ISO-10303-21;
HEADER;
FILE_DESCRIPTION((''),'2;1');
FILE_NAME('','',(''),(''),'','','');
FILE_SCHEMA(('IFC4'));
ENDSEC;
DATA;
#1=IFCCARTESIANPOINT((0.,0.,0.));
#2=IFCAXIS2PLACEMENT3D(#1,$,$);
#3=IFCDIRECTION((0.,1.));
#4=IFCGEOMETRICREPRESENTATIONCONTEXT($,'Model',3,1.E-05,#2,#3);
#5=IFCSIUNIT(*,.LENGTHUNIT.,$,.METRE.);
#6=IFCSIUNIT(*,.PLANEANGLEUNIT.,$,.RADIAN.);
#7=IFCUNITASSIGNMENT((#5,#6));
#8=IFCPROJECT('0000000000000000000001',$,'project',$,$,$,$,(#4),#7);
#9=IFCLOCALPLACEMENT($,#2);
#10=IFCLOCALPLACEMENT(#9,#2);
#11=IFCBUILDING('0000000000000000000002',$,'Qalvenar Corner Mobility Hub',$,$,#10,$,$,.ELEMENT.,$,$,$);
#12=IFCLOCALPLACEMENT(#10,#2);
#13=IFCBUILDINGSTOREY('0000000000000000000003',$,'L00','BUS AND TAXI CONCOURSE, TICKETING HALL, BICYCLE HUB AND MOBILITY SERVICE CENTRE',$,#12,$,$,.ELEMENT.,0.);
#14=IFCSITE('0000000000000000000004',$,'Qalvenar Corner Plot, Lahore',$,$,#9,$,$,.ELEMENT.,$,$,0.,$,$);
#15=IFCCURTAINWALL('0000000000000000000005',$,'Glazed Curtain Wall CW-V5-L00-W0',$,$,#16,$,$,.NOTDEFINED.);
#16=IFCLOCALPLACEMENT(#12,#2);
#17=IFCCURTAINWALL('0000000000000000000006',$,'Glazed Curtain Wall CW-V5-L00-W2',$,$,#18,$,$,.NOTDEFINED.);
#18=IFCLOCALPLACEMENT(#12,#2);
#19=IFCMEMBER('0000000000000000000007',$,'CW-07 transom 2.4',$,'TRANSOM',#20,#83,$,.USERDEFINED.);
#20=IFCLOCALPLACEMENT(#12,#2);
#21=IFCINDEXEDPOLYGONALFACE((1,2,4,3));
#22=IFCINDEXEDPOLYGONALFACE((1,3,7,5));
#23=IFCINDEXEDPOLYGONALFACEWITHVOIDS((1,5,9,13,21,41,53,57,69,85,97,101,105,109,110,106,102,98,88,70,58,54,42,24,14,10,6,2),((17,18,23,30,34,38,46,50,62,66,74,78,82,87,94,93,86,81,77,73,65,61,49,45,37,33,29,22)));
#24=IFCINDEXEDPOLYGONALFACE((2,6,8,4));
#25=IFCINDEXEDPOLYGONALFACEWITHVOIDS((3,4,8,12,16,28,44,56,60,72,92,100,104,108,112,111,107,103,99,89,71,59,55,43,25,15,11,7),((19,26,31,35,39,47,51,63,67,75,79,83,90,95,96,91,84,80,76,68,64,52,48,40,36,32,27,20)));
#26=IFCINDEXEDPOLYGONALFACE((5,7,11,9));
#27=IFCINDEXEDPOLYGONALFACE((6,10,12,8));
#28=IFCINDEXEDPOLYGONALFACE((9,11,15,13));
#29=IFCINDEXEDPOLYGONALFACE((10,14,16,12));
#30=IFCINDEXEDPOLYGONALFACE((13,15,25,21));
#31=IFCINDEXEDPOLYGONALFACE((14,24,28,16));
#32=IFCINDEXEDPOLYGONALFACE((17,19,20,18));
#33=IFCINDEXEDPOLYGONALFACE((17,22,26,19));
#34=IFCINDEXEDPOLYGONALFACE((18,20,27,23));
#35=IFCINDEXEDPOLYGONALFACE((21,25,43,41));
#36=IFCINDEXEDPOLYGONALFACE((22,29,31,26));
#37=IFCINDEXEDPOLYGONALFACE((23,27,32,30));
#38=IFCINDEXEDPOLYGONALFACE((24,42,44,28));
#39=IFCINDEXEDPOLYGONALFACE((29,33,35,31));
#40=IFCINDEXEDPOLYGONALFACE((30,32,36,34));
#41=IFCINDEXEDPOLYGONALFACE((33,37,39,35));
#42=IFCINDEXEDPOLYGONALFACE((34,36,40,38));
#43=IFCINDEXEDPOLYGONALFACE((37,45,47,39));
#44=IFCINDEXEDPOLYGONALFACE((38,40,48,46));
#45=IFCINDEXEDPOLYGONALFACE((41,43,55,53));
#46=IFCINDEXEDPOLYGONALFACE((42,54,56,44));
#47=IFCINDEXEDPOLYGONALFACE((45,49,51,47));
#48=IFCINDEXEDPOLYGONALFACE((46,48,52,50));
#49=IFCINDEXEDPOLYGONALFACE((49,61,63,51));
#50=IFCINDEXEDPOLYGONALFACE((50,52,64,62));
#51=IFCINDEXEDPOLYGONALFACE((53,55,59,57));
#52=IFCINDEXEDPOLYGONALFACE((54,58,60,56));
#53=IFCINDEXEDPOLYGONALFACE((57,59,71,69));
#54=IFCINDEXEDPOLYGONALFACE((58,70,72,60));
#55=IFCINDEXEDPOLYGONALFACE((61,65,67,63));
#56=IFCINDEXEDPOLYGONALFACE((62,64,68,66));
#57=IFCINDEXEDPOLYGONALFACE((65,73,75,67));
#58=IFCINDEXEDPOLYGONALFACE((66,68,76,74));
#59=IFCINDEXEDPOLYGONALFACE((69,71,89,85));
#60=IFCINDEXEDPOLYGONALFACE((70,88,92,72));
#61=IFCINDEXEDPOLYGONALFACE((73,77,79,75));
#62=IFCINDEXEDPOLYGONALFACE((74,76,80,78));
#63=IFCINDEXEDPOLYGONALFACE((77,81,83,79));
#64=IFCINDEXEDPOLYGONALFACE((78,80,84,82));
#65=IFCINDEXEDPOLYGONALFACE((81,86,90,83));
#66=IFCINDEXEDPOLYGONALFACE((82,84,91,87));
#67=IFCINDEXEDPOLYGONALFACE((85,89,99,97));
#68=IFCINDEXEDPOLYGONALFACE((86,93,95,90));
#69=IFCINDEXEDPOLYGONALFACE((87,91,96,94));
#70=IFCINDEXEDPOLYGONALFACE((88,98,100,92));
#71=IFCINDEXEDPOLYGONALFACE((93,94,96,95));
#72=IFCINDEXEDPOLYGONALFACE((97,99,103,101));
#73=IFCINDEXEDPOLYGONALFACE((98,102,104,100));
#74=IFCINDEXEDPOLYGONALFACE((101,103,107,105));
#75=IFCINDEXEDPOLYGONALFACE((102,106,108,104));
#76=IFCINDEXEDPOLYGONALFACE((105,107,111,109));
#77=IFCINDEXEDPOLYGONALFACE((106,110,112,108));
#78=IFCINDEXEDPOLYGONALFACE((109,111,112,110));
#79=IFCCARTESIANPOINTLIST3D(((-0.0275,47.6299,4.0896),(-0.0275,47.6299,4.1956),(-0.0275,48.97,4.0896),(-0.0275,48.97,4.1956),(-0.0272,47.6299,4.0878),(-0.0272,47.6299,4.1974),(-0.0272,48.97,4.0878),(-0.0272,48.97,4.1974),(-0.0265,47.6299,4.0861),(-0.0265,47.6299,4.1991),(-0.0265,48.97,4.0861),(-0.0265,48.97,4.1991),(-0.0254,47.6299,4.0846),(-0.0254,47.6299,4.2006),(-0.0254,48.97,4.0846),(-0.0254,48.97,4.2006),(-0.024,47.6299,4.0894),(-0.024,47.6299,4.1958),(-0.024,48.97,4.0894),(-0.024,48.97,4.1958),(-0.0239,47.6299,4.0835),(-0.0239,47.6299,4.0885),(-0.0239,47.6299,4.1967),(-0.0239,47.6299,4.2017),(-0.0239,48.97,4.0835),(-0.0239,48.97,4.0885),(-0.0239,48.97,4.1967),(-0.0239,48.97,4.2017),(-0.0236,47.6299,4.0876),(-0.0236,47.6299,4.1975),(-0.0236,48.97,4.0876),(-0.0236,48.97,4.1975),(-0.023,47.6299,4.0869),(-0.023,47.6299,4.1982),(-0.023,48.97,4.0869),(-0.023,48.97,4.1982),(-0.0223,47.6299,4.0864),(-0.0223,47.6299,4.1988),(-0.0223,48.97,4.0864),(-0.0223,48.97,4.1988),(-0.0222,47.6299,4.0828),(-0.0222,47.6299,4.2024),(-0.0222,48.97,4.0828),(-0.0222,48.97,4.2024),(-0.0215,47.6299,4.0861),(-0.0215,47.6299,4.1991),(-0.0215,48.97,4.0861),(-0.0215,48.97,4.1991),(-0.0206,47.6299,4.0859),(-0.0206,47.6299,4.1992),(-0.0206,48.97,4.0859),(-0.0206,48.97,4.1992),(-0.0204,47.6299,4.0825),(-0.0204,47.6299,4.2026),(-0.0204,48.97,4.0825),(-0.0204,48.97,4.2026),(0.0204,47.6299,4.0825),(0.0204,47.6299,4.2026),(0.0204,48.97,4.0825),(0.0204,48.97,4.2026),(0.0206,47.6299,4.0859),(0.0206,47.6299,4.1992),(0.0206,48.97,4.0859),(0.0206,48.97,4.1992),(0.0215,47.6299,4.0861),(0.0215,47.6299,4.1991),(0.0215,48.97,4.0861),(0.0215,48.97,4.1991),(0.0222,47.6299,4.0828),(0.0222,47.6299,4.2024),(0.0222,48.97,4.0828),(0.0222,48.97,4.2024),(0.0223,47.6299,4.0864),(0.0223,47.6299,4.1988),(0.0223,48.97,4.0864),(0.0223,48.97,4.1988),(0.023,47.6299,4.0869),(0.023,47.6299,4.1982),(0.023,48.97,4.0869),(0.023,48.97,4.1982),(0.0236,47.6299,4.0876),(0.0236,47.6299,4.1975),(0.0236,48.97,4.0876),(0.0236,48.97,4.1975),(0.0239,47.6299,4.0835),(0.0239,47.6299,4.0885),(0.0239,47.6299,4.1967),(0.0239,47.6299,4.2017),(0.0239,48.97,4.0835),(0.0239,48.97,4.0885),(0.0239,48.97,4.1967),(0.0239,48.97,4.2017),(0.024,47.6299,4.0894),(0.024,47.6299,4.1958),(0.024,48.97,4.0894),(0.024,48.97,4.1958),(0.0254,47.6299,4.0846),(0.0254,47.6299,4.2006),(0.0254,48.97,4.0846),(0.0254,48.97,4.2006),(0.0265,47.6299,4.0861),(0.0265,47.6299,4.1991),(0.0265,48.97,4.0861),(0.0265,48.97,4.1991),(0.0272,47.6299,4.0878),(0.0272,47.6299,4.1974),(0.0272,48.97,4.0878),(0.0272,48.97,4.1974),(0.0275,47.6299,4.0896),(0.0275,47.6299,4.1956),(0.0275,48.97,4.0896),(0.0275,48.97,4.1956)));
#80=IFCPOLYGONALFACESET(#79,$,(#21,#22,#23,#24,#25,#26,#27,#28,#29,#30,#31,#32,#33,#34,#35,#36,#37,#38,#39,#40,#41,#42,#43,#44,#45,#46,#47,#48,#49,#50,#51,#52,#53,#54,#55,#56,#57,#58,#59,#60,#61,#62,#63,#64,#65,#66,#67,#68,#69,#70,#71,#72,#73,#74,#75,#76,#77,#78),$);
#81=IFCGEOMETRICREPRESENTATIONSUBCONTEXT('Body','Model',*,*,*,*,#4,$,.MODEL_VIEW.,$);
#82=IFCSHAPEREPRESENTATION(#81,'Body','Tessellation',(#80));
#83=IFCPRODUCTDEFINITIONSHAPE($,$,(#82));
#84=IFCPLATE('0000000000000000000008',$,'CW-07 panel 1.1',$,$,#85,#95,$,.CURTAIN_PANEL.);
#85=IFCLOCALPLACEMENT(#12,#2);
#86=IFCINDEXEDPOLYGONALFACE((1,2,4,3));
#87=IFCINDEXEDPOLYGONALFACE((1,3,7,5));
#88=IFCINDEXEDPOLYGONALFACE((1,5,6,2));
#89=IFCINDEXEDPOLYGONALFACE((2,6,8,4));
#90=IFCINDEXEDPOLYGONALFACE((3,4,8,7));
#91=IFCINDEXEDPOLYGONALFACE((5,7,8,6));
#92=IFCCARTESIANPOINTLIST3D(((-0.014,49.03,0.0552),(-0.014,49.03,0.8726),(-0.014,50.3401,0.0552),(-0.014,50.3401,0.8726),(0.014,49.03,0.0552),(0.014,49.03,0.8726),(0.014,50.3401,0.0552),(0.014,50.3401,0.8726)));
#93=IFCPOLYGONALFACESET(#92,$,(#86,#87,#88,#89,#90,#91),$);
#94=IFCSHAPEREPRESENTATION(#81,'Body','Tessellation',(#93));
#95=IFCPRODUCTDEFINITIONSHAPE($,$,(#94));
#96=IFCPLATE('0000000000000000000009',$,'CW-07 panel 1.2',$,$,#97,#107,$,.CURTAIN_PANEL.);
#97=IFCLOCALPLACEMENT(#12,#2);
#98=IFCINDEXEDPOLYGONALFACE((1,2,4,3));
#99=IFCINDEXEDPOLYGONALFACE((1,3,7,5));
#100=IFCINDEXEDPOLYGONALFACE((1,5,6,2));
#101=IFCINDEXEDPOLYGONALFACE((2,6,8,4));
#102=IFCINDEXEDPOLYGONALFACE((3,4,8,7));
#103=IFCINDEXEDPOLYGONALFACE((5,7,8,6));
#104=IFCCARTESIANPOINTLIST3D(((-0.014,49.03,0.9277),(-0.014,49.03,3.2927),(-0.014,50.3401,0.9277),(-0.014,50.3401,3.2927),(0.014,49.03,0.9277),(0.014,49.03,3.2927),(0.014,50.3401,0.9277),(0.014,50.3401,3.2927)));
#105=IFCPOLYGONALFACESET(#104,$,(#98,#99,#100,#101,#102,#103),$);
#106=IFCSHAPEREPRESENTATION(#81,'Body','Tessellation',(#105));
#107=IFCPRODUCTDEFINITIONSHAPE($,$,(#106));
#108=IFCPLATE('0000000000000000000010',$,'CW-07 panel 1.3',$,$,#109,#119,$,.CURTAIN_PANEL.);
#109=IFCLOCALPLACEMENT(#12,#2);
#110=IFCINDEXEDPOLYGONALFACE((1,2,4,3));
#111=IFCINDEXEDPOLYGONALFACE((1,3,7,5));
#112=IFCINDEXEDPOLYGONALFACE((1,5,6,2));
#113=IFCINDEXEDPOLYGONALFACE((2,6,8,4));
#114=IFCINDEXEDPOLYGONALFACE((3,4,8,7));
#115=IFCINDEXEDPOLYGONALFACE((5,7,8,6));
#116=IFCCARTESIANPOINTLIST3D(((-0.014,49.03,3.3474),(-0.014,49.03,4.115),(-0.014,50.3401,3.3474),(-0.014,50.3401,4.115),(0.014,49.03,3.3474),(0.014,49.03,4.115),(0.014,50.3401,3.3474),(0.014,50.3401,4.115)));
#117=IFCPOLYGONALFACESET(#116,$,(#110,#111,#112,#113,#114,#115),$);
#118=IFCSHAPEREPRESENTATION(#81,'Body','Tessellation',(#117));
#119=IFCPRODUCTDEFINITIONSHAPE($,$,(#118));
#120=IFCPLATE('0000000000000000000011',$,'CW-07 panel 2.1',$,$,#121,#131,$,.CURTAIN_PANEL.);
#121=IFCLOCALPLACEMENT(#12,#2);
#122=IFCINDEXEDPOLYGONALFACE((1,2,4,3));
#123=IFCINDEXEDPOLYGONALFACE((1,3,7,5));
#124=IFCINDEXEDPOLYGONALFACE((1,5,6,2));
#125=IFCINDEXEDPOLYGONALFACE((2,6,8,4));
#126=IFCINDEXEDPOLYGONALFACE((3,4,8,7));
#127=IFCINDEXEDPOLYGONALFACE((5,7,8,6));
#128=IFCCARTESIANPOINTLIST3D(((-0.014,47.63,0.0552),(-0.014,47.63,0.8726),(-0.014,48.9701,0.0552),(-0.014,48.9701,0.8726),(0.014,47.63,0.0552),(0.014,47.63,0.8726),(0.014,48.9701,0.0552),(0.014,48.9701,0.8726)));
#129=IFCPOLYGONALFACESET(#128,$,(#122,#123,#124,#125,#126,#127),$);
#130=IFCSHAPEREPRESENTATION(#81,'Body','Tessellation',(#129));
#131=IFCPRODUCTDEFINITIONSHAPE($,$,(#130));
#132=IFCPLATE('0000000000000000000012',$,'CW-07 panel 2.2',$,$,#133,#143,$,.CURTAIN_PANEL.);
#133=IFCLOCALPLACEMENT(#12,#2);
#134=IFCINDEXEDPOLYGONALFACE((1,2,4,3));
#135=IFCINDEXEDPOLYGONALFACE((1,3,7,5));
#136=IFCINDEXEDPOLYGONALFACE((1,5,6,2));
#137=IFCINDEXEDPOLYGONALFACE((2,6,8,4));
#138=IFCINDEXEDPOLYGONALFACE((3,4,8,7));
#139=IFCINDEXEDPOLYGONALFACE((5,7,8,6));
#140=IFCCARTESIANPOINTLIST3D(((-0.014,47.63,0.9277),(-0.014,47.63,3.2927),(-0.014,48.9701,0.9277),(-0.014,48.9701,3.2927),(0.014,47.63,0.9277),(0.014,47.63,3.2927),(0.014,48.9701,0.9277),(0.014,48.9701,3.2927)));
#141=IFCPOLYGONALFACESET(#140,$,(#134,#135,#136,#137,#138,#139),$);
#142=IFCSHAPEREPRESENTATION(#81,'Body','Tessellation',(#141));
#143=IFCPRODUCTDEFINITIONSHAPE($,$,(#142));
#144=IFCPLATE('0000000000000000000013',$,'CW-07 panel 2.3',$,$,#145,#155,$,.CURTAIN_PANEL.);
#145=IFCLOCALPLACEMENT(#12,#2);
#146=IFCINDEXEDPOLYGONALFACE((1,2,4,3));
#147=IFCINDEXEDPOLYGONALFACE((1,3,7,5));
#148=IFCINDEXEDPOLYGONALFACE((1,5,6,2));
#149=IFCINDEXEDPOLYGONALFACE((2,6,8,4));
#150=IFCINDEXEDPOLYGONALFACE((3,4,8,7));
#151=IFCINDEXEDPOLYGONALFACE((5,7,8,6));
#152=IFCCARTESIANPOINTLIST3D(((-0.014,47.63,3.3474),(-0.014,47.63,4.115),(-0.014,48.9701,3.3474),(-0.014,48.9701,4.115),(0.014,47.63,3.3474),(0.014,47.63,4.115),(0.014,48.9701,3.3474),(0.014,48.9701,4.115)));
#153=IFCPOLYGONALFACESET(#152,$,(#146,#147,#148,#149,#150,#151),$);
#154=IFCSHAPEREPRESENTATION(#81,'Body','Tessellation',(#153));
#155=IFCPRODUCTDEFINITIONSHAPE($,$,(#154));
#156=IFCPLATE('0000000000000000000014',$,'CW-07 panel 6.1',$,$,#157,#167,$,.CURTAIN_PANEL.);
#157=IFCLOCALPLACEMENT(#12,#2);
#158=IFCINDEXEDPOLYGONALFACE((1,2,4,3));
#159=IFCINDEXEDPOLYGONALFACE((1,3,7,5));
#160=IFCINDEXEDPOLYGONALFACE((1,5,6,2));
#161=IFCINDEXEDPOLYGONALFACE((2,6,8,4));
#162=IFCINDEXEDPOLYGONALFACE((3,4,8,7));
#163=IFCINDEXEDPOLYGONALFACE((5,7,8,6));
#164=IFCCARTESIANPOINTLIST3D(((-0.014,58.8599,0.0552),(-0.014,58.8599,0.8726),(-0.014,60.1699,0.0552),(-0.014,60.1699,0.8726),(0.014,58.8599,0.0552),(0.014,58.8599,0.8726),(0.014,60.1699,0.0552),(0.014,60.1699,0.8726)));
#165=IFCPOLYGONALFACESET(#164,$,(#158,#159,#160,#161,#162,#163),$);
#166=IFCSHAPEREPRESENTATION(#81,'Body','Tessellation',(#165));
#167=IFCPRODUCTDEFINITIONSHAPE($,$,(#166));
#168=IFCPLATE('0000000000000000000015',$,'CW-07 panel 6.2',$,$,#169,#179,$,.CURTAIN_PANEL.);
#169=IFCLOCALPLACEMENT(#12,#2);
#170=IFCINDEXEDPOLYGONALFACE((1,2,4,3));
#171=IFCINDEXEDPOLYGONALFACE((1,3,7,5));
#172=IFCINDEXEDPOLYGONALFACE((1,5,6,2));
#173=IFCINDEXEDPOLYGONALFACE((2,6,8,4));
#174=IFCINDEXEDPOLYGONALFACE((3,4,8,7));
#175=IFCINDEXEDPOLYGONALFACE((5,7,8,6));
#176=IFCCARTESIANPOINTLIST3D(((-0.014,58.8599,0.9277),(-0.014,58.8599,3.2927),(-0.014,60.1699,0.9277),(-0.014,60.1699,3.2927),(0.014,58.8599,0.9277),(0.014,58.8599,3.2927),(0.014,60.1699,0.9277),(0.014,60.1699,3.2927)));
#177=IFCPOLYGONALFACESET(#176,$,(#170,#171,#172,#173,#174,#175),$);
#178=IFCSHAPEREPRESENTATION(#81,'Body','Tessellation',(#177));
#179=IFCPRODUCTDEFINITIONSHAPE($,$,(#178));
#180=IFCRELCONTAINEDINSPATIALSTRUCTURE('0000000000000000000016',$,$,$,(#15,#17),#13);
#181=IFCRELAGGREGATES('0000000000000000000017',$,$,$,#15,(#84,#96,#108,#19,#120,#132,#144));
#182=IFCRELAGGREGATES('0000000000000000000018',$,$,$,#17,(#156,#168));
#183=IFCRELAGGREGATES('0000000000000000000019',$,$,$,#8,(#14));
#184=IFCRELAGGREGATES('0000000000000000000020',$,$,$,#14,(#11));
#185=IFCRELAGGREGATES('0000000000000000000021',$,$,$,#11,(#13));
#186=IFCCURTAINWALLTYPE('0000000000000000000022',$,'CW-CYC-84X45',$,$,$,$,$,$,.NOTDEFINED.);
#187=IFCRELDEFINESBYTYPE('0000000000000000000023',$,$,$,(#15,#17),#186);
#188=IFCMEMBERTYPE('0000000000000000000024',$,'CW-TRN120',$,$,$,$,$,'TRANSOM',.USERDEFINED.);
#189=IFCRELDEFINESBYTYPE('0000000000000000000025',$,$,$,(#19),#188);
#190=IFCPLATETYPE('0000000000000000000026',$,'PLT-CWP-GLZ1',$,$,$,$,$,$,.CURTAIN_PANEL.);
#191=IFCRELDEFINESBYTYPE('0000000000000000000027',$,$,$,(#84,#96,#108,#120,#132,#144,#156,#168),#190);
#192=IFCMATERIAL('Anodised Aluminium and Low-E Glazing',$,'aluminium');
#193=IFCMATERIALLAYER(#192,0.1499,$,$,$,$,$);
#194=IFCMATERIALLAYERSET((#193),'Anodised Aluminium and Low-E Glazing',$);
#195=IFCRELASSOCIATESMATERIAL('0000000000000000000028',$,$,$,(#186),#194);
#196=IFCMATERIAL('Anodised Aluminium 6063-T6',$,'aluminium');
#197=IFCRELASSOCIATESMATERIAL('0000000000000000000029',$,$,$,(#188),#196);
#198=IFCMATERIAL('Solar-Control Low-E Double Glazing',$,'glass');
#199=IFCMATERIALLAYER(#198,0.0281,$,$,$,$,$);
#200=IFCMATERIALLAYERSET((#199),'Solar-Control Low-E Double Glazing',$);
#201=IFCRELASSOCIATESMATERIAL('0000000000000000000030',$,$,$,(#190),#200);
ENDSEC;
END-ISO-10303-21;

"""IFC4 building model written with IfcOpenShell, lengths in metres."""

from ifc_helpers import new_model, si_unit, direction, frame, origin, origin_2d, place, context, subcontext, project, spatial, rectangle, hollow_rectangle, extrude, material, layer, layer_set, material_profile, profile_set, type_object, element, aggregate, save


model = new_model("IFC4")

# Units and contexts
model_context = context("Model", 3, precision=1e-05, world=origin(), true_north=direction((0.0, 1.0)))
body_context = subcontext(model_context, "Body", "Model", "MODEL_VIEW")
ifc_project = project(units=[si_unit("LENGTHUNIT", "METRE"), si_unit("PLANEANGLEUNIT", "RADIAN")], contexts=[model_context])

# Site, building, storey
site_placement = place(None, origin())
site = spatial("IfcSite", under=ifc_project, at=site_placement, Name="Qalvenar Corner Plot, Lahore", CompositionType="ELEMENT", RefElevation=0.0)
building_placement = place(site_placement, origin())
building = spatial("IfcBuilding", under=site, at=building_placement, Name="Qalvenar Corner Mobility Hub", CompositionType="ELEMENT")
storey_placement = place(building_placement, origin())
storey = spatial("IfcBuildingStorey", under=building, at=storey_placement, Name="L00", Description="BUS AND TAXI CONCOURSE, TICKETING HALL, BICYCLE HUB AND MOBILITY SERVICE CENTRE", CompositionType="ELEMENT", Elevation=0.0)

# Curtain wall
ifc_material_1 = material(Name="Anodised Aluminium and Low-E Glazing", Category="aluminium")
ifc_layer_1 = layer(ifc_material_1, 0.1499)
ifc_layer_set_1 = layer_set([ifc_layer_1], Name="Anodised Aluminium and Low-E Glazing")
curtain_wall_type = type_object("IfcCurtainWallType", Name="CW-CYC-84X45", PredefinedType="NOTDEFINED", material=ifc_layer_set_1)
curtain_wall_1_placement = place(storey_placement, origin())
curtain_wall_1 = element("IfcCurtainWall", 1, at=curtain_wall_1_placement, inside=storey, type_object=curtain_wall_type, Name="Glazed Curtain Wall CW-V5-L00-W0", PredefinedType="NOTDEFINED")
ifc_material_2 = material(Name="Anodised Aluminium 6063-T6", Category="aluminium")

# Curtain wall
curtain_wall_2_placement = place(storey_placement, origin())
curtain_wall_2 = element("IfcCurtainWall", 2, at=curtain_wall_2_placement, inside=storey, type_object=curtain_wall_type, Name="Glazed Curtain Wall CW-V5-L00-W2", PredefinedType="NOTDEFINED")

# Member
ifc_material_profile_1 = material_profile(ifc_material_2, hollow_rectangle(XDim=0.0549, YDim=0.1201, WallThickness=0.0034, InnerFilletRadius=0.0034, OuterFilletRadius=0.0071, at=origin_2d()), Name="RHS120x55x3.5")
ifc_profile_set_1 = profile_set([ifc_material_profile_1], Name="Anodised Aluminium 6063-T6")
member_type_1 = type_object("IfcMemberType", Name="CW-TRN120", ElementType="TRANSOM", PredefinedType="USERDEFINED", material=ifc_profile_set_1)
member_1_placement = place(storey_placement, frame((0.0, 48.97, 4.1426), z_axis=(0.0, -1.0, 0.0), x_axis=(1.0, 0.0, 0.0)))
member_1 = element("IfcMember", 3, at=member_1_placement, type_object=member_type_1, Name="CW-07 transom 2.4", ObjectType="TRANSOM", PredefinedType="USERDEFINED", context=body_context, shape_type="SweptSolid", body=[
    extrude(hollow_rectangle(XDim=0.0549, YDim=0.1201, WallThickness=0.0034, InnerFilletRadius=0.0034, OuterFilletRadius=0.0071, at=origin_2d()), origin(), (0.0, 0.0, 1.0), 1.3401),
])

# Plates
ifc_material_3 = material(Name="Solar-Control Low-E Double Glazing", Category="glass")
ifc_layer_2 = layer(ifc_material_3, 0.0281)
ifc_layer_set_2 = layer_set([ifc_layer_2], Name="Solar-Control Low-E Double Glazing")
plate_type = type_object("IfcPlateType", Name="PLT-CWP-GLZ1", PredefinedType="CURTAIN_PANEL", material=ifc_layer_set_2)
plate_1_placement = place(storey_placement, frame((0.0, 49.6851, 0.0552), z_axis=(0.0, 0.0, 1.0), x_axis=(0.0, -1.0, 0.0)))
plate_1 = element("IfcPlate", 4, at=plate_1_placement, type_object=plate_type, Name="CW-07 panel 1.1", PredefinedType="CURTAIN_PANEL", context=body_context, shape_type="SweptSolid", body=[
    extrude(rectangle(XDim=1.3101, YDim=0.0281, at=origin_2d()), origin(), (0.0, 0.0, 1.0), 0.8174),
])
plate_2_placement = place(storey_placement, frame((0.0, 49.6851, 0.9277), z_axis=(0.0, 0.0, 1.0), x_axis=(0.0, -1.0, 0.0)))
plate_2 = element("IfcPlate", 5, at=plate_2_placement, type_object=plate_type, Name="CW-07 panel 1.2", PredefinedType="CURTAIN_PANEL", context=body_context, shape_type="SweptSolid", body=[
    extrude(rectangle(XDim=1.3101, YDim=0.0281, at=origin_2d()), origin(), (0.0, 0.0, 1.0), 2.365),
])
plate_3_placement = place(storey_placement, frame((0.0, 49.6851, 3.3474), z_axis=(0.0, 0.0, 1.0), x_axis=(0.0, -1.0, 0.0)))
plate_3 = element("IfcPlate", 6, at=plate_3_placement, type_object=plate_type, Name="CW-07 panel 1.3", PredefinedType="CURTAIN_PANEL", context=body_context, shape_type="SweptSolid", body=[
    extrude(rectangle(XDim=1.3101, YDim=0.0281, at=origin_2d()), origin(), (0.0, 0.0, 1.0), 0.7676),
])
plate_4_placement = place(storey_placement, frame((0.0, 48.3, 0.0552), z_axis=(0.0, 0.0, 1.0), x_axis=(0.0, -1.0, 0.0)))
plate_4 = element("IfcPlate", 7, at=plate_4_placement, type_object=plate_type, Name="CW-07 panel 2.1", PredefinedType="CURTAIN_PANEL", context=body_context, shape_type="SweptSolid", body=[
    extrude(rectangle(XDim=1.3401, YDim=0.0281, at=origin_2d()), origin(), (0.0, 0.0, 1.0), 0.8174),
])
plate_5_placement = place(storey_placement, frame((0.0, 48.3, 0.9277), z_axis=(0.0, 0.0, 1.0), x_axis=(0.0, -1.0, 0.0)))
plate_5 = element("IfcPlate", 8, at=plate_5_placement, type_object=plate_type, Name="CW-07 panel 2.2", PredefinedType="CURTAIN_PANEL", context=body_context, shape_type="SweptSolid", body=[
    extrude(rectangle(XDim=1.3401, YDim=0.0281, at=origin_2d()), origin(), (0.0, 0.0, 1.0), 2.365),
])
plate_6_placement = place(storey_placement, frame((0.0, 48.3, 3.3474), z_axis=(0.0, 0.0, 1.0), x_axis=(0.0, -1.0, 0.0)))
plate_6 = element("IfcPlate", 9, at=plate_6_placement, type_object=plate_type, Name="CW-07 panel 2.3", PredefinedType="CURTAIN_PANEL", context=body_context, shape_type="SweptSolid", body=[
    extrude(rectangle(XDim=1.3401, YDim=0.0281, at=origin_2d()), origin(), (0.0, 0.0, 1.0), 0.7676),
])
aggregate(curtain_wall_1, [plate_1, plate_2, plate_3, member_1, plate_4, plate_5, plate_6])
plate_7_placement = place(storey_placement, frame((0.0, 59.5149, 0.0552), z_axis=(0.0, 0.0, 1.0), x_axis=(0.0, -1.0, 0.0)))
plate_7 = element("IfcPlate", 10, at=plate_7_placement, type_object=plate_type, Name="CW-07 panel 6.1", PredefinedType="CURTAIN_PANEL", context=body_context, shape_type="SweptSolid", body=[
    extrude(rectangle(XDim=1.3101, YDim=0.0281, at=origin_2d()), origin(), (0.0, 0.0, 1.0), 0.8174),
])
plate_8_placement = place(storey_placement, frame((0.0, 59.5149, 0.9277), z_axis=(0.0, 0.0, 1.0), x_axis=(0.0, -1.0, 0.0)))
plate_8 = element("IfcPlate", 11, at=plate_8_placement, type_object=plate_type, Name="CW-07 panel 6.2", PredefinedType="CURTAIN_PANEL", context=body_context, shape_type="SweptSolid", body=[
    extrude(rectangle(XDim=1.3101, YDim=0.0281, at=origin_2d()), origin(), (0.0, 0.0, 1.0), 2.365),
])
aggregate(curtain_wall_2, [plate_7, plate_8])

save(model, "model.ifc")
